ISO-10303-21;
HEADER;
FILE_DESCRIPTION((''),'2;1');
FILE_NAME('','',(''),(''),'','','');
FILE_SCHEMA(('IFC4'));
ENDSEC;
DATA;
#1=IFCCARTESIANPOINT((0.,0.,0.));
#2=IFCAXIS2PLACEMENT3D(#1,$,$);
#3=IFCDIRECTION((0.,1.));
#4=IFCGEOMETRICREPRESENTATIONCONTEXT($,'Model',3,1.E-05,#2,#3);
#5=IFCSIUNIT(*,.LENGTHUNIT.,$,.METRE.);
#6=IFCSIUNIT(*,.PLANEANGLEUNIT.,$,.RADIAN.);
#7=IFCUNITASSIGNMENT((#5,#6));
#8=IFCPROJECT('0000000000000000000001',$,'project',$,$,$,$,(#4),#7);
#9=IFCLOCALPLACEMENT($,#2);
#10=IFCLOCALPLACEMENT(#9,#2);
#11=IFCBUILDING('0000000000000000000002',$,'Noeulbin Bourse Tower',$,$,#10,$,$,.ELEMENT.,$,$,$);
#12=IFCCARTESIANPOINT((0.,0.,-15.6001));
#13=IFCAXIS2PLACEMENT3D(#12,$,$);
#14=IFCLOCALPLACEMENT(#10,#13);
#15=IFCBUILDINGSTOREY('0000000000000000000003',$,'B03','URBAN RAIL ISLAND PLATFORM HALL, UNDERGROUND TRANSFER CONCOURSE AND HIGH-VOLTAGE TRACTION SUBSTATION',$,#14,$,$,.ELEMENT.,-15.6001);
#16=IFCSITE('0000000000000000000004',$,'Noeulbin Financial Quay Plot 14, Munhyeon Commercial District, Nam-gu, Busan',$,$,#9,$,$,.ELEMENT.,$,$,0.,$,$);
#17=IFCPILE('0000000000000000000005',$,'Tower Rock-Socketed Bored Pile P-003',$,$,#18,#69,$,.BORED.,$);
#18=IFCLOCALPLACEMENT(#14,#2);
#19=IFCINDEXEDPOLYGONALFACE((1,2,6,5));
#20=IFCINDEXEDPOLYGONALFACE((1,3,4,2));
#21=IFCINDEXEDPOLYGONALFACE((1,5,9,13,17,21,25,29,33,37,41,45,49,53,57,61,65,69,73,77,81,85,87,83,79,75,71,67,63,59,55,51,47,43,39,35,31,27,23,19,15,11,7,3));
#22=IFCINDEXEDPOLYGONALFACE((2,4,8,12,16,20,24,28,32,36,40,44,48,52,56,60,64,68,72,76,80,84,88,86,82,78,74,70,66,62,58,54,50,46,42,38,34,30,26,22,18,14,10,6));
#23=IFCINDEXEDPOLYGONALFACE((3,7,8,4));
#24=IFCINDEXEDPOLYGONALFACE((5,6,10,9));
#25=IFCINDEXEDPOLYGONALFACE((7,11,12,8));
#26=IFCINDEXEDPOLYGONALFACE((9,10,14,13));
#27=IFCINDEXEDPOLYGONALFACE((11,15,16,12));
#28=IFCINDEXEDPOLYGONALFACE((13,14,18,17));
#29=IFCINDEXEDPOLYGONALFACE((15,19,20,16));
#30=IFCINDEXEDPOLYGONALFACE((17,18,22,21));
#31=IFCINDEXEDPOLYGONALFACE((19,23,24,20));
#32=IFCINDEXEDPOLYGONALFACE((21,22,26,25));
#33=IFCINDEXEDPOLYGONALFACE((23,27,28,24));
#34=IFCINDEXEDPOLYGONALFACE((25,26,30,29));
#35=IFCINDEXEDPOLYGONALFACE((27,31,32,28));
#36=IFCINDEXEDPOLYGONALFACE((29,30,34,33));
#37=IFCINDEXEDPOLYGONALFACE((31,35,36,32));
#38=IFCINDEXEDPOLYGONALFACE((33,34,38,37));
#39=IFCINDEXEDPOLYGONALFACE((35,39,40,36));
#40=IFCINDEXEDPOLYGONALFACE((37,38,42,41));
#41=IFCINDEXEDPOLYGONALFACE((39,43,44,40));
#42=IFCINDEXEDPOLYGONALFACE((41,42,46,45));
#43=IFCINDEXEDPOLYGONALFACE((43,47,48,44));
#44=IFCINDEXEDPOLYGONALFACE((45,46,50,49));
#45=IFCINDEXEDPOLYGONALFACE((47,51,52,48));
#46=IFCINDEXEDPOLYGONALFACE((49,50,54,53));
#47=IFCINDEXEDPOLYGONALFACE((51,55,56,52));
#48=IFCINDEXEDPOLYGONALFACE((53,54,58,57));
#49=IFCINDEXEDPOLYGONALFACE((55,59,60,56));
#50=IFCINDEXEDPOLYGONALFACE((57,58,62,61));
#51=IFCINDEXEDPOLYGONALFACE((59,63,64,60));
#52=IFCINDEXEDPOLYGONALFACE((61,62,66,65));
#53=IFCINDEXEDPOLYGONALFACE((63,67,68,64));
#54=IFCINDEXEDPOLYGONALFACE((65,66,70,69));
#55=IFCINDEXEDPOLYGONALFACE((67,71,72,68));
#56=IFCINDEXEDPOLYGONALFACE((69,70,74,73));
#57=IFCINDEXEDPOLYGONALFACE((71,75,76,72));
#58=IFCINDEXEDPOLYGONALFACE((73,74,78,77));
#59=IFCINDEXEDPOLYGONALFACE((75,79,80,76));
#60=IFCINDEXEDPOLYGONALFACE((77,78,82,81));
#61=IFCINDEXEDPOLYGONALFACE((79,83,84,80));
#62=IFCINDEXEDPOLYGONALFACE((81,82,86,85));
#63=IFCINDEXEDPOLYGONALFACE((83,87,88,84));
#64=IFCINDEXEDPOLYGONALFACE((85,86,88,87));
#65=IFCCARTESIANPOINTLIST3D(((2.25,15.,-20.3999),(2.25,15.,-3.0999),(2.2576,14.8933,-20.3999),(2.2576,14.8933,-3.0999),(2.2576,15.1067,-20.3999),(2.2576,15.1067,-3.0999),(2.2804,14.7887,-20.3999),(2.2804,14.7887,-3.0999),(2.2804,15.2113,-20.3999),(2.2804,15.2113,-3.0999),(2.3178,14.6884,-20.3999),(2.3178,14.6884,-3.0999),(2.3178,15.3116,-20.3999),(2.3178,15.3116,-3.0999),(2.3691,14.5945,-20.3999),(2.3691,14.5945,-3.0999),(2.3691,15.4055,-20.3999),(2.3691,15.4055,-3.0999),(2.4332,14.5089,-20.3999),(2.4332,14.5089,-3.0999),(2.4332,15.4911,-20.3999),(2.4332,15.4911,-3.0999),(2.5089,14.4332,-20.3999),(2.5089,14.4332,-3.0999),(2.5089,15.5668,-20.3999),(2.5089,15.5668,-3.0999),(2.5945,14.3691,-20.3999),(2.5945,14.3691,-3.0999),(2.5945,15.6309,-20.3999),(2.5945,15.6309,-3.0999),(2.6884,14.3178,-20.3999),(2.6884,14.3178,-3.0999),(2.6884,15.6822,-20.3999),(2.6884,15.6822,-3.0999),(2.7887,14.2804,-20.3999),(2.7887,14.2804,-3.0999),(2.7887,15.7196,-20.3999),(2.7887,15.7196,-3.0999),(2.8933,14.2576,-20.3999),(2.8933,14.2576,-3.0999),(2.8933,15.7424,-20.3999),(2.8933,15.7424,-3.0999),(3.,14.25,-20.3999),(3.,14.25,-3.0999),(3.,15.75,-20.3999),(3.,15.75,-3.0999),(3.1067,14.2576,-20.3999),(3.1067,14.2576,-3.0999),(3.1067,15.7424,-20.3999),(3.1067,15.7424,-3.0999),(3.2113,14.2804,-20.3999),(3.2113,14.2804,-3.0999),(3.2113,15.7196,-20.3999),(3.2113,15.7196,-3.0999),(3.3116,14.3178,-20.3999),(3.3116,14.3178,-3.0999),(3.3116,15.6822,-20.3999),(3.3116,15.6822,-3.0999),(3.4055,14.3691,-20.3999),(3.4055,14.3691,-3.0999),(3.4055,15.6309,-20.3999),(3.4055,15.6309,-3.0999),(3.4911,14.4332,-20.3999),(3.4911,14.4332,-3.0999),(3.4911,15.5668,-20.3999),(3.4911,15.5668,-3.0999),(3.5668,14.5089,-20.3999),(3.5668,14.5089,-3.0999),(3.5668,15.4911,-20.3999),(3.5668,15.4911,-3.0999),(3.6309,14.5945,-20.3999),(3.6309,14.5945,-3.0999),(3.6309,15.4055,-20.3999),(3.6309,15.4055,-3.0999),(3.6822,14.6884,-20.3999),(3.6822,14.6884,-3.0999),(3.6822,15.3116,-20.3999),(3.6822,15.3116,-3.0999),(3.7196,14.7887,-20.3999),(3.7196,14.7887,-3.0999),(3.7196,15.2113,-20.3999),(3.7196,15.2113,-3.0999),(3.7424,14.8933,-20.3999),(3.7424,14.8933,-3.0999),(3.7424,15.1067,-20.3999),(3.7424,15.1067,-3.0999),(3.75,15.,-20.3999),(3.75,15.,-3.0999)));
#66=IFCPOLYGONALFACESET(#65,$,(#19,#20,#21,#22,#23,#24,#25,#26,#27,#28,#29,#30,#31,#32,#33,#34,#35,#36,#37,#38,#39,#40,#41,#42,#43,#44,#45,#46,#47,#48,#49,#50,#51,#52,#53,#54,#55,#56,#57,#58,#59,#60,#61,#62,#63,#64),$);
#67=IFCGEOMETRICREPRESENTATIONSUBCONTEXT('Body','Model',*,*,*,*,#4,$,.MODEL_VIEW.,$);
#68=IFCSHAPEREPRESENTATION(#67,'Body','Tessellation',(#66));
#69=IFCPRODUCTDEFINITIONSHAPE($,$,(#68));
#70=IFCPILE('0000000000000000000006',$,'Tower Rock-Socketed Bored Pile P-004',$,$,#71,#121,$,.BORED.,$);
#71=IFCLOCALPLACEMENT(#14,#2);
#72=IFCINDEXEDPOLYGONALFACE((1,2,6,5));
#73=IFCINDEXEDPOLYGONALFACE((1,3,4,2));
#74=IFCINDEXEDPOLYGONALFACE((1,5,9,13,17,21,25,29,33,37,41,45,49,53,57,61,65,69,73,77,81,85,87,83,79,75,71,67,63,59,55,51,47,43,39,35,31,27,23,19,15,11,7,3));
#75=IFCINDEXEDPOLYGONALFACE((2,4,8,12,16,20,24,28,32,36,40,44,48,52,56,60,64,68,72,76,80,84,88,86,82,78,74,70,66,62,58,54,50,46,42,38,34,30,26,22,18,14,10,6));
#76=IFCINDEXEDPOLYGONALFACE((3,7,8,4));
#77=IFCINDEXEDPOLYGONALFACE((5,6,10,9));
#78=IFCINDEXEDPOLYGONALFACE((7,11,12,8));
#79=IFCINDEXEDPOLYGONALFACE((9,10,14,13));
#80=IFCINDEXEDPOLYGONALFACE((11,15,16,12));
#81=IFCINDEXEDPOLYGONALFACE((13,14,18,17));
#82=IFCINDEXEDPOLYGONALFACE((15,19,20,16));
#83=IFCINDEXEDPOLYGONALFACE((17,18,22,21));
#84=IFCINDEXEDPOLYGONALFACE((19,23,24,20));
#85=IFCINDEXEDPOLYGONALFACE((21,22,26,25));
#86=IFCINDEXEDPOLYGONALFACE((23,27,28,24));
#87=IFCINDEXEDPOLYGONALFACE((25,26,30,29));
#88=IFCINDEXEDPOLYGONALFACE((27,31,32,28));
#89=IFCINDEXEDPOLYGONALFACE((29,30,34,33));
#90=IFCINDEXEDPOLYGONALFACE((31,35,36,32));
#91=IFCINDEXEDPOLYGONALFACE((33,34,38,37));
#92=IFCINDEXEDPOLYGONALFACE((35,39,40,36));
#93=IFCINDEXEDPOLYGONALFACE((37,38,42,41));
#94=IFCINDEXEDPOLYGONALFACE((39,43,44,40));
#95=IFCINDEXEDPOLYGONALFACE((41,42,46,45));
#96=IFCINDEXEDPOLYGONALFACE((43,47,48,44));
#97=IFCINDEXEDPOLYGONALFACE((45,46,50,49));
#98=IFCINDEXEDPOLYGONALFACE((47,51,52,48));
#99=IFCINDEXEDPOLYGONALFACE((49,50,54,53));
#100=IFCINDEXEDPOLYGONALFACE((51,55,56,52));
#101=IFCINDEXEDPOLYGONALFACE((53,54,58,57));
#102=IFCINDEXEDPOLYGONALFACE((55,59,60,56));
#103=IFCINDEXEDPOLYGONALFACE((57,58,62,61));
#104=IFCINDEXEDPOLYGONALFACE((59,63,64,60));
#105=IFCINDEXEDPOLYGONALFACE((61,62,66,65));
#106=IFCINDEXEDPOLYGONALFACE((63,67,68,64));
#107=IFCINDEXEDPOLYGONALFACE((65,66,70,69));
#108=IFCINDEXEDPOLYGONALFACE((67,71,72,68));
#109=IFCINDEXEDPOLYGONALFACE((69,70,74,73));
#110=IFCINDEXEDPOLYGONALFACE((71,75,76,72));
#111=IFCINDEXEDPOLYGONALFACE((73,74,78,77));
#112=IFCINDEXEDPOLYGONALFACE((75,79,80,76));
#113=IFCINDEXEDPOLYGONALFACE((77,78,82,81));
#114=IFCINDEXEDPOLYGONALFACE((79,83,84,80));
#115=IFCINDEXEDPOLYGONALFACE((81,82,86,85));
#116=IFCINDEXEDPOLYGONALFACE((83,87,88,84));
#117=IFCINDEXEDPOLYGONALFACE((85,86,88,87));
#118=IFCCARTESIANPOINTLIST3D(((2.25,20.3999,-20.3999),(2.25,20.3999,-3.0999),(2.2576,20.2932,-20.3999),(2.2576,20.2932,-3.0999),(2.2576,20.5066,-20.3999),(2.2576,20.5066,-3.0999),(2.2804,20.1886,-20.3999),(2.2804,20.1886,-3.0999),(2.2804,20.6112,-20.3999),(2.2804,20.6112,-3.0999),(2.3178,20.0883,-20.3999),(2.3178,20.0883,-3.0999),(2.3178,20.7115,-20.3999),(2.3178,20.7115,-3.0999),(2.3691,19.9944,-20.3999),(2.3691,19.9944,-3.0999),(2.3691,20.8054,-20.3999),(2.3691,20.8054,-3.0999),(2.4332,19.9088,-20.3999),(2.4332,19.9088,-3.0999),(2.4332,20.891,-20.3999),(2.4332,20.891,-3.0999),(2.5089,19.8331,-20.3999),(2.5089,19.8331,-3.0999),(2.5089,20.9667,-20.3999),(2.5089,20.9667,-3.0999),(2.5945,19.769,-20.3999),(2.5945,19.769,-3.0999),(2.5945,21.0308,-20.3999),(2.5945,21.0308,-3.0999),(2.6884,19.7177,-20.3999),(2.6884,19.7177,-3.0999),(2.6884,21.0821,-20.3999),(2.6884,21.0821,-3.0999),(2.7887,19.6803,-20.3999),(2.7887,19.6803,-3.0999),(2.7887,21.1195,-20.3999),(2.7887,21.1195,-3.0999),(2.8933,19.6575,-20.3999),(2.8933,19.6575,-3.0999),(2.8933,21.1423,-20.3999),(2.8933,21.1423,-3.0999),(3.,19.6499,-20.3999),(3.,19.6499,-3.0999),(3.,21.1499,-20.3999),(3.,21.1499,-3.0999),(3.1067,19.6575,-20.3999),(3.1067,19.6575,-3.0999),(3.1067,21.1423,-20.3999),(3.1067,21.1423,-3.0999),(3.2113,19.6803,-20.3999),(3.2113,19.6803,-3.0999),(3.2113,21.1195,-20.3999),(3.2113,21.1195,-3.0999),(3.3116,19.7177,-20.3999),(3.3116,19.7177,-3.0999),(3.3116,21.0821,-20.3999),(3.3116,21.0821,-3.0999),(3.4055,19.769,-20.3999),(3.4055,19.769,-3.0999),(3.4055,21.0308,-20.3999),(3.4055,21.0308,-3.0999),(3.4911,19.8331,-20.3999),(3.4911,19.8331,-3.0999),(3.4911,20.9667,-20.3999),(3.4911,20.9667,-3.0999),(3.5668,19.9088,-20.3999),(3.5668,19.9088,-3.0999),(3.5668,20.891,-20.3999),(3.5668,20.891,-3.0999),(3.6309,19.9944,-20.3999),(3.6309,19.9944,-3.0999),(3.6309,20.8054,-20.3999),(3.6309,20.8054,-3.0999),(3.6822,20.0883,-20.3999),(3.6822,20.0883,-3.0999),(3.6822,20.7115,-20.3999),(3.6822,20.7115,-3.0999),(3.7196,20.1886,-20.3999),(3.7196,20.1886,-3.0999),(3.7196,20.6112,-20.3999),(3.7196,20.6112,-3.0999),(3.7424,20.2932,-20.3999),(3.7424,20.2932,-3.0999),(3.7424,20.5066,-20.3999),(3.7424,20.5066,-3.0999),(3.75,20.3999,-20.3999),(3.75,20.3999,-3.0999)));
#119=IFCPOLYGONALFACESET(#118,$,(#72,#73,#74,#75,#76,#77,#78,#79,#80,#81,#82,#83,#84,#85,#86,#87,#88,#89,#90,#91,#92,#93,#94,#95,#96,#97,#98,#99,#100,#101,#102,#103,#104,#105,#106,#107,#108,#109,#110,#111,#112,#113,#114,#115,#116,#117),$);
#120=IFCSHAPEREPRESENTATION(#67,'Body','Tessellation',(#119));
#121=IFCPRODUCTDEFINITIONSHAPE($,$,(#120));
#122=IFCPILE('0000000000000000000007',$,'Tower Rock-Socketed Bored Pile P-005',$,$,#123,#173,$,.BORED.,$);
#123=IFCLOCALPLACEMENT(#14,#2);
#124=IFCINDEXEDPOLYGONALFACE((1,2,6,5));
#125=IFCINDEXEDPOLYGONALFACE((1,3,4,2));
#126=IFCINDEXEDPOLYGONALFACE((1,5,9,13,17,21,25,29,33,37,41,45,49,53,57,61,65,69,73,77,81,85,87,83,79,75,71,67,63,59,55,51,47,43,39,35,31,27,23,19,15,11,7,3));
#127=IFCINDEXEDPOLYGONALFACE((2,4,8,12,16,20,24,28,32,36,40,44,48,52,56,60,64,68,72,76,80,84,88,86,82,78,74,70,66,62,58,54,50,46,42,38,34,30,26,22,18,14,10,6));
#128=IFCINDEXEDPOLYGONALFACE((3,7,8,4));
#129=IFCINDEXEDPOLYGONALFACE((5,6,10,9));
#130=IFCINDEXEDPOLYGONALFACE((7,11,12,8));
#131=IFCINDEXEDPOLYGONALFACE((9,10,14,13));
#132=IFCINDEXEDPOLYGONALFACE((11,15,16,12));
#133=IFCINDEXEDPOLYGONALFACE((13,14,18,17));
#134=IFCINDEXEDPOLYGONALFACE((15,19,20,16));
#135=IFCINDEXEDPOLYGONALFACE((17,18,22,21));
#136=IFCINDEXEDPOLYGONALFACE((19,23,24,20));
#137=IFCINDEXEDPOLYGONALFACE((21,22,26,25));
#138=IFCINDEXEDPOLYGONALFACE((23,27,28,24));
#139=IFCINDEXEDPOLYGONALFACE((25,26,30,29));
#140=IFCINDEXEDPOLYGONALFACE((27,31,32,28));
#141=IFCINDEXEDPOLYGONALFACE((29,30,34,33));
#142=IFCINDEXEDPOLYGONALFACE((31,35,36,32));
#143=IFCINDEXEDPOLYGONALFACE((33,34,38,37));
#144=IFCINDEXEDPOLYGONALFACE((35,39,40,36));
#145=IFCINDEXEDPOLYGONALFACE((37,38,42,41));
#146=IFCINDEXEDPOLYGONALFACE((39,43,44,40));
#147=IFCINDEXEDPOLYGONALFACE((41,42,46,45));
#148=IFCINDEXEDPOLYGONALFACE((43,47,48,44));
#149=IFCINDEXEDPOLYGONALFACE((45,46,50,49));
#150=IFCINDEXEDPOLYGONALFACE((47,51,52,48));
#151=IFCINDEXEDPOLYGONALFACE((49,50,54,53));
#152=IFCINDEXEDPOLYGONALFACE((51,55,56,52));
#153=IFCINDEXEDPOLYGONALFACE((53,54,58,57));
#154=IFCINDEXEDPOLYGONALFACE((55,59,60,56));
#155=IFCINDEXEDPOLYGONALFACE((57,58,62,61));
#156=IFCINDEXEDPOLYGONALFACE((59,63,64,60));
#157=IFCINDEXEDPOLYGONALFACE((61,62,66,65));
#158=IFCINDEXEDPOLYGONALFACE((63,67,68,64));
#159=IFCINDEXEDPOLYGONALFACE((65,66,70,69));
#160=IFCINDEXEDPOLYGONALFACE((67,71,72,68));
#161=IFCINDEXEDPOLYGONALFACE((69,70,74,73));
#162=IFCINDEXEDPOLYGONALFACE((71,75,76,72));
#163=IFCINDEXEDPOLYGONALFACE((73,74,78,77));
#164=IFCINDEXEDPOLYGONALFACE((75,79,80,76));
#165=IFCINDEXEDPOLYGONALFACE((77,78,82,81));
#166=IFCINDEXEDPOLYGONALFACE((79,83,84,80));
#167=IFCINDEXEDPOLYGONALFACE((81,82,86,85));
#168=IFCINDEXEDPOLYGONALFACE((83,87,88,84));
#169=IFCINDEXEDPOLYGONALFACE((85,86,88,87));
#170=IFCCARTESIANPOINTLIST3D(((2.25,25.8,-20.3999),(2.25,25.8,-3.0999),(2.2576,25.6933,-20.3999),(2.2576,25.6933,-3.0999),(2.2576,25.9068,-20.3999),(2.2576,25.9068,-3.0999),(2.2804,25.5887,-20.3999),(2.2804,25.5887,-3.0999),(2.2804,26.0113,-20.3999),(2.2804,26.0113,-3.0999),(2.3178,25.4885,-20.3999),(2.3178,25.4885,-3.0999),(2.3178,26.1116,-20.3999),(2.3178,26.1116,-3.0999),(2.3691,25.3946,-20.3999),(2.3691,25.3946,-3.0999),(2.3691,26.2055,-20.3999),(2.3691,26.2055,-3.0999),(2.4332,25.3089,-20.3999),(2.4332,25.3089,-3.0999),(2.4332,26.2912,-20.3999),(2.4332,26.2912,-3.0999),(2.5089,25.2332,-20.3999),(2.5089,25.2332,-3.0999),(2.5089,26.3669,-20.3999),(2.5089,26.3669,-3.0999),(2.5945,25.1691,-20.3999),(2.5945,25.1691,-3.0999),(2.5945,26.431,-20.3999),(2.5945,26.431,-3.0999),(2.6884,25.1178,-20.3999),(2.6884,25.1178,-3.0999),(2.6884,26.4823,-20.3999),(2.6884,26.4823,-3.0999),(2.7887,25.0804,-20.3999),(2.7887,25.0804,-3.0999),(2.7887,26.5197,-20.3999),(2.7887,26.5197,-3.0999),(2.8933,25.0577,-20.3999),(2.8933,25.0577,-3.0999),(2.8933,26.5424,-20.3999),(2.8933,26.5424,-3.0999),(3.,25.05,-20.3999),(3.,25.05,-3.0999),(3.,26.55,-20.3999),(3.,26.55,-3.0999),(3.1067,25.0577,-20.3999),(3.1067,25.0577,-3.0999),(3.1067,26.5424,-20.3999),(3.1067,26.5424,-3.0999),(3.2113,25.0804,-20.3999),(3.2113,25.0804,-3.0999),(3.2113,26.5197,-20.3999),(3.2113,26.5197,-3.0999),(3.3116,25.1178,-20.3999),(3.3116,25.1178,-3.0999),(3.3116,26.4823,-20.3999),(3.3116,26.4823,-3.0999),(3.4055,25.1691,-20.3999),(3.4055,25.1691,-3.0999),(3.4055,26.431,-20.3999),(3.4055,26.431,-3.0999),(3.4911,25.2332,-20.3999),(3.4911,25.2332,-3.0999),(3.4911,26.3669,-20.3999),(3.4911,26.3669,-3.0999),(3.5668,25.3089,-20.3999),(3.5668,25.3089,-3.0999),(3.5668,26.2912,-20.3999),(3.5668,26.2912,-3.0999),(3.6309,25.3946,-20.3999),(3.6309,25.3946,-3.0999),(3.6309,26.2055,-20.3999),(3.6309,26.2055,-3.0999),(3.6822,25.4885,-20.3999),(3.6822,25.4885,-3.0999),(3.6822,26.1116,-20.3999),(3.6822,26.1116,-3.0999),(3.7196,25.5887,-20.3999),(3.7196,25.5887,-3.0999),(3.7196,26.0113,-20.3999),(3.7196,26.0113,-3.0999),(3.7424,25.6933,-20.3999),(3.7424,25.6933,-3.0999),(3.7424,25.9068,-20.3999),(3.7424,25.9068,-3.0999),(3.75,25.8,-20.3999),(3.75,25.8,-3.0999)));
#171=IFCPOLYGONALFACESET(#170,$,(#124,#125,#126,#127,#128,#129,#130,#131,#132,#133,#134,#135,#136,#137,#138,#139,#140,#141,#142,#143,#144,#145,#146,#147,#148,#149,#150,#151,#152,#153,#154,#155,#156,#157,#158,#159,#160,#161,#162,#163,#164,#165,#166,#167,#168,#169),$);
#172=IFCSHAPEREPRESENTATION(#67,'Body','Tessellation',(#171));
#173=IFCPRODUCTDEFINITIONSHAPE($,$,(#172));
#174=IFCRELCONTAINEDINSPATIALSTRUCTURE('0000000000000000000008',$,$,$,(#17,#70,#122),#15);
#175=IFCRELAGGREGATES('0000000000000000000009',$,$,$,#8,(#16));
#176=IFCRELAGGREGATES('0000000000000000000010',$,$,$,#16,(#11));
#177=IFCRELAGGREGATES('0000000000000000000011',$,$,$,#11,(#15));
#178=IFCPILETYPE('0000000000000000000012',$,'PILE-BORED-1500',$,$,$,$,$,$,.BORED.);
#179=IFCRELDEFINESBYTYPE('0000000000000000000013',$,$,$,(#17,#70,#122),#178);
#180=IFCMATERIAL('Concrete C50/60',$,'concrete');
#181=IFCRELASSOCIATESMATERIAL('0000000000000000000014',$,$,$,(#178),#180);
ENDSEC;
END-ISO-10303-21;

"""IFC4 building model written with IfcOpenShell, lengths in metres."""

from ifc_helpers import new_model, si_unit, direction, frame, origin, origin_2d, place, context, subcontext, project, spatial, circle, extrude, material, material_profile, profile_set, type_object, element, save


model = new_model("IFC4")

# Units and contexts
model_context = context("Model", 3, precision=1e-05, world=origin(), true_north=direction((0.0, 1.0)))
body_context = subcontext(model_context, "Body", "Model", "MODEL_VIEW")
ifc_project = project(units=[si_unit("LENGTHUNIT", "METRE"), si_unit("PLANEANGLEUNIT", "RADIAN")], contexts=[model_context])

# Site, building, storey
site_placement = place(None, origin())
site = spatial("IfcSite", under=ifc_project, at=site_placement, Name="Noeulbin Financial Quay Plot 14, Munhyeon Commercial District, Nam-gu, Busan", CompositionType="ELEMENT", RefElevation=0.0)
building_placement = place(site_placement, origin())
building = spatial("IfcBuilding", under=site, at=building_placement, Name="Noeulbin Bourse Tower", CompositionType="ELEMENT")
storey_placement = place(building_placement, frame((0.0, 0.0, -15.6001)))
storey = spatial("IfcBuildingStorey", under=building, at=storey_placement, Name="B03", Description="URBAN RAIL ISLAND PLATFORM HALL, UNDERGROUND TRANSFER CONCOURSE AND HIGH-VOLTAGE TRACTION SUBSTATION", CompositionType="ELEMENT", Elevation=-15.6001)

# Piles
ifc_material_1 = material(Name="Concrete C50/60", Category="concrete")
ifc_material_profile_1 = material_profile(ifc_material_1, circle(Radius=0.75, at=origin_2d()), Name="PILE-D1500", Category="LoadBearing")
ifc_profile_set_1 = profile_set([ifc_material_profile_1], Name="Concrete C50/60")
pile_type = type_object("IfcPileType", Name="PILE-BORED-1500", PredefinedType="BORED", material=ifc_profile_set_1)
for number, where, z_axis, x_axis, name in (
    (1, (3.0, 15.0, -3.0999), (0.0, 0.0, -1.0), (1.0, 0.0, 0.0), "Tower Rock-Socketed Bored Pile P-003"),
    (2, (3.0, 20.3999, -3.0999), (0.0, 0.0, -1.0), (1.0, 0.0, 0.0), "Tower Rock-Socketed Bored Pile P-004"),
    (3, (3.0, 25.8, -3.0999), (0.0, 0.0, -1.0), (1.0, 0.0, 0.0), "Tower Rock-Socketed Bored Pile P-005"),
):
    element("IfcPile", number, at=place(storey_placement, frame(where, z_axis=z_axis, x_axis=x_axis)), inside=storey, type_object=pile_type, Name=name, PredefinedType="BORED", context=body_context, shape_type="SweptSolid", body=[
        extrude(circle(Radius=0.75, at=origin_2d()), origin(), (0.0, 0.0, 1.0), 17.3),
    ])

save(model, "model.ifc")
